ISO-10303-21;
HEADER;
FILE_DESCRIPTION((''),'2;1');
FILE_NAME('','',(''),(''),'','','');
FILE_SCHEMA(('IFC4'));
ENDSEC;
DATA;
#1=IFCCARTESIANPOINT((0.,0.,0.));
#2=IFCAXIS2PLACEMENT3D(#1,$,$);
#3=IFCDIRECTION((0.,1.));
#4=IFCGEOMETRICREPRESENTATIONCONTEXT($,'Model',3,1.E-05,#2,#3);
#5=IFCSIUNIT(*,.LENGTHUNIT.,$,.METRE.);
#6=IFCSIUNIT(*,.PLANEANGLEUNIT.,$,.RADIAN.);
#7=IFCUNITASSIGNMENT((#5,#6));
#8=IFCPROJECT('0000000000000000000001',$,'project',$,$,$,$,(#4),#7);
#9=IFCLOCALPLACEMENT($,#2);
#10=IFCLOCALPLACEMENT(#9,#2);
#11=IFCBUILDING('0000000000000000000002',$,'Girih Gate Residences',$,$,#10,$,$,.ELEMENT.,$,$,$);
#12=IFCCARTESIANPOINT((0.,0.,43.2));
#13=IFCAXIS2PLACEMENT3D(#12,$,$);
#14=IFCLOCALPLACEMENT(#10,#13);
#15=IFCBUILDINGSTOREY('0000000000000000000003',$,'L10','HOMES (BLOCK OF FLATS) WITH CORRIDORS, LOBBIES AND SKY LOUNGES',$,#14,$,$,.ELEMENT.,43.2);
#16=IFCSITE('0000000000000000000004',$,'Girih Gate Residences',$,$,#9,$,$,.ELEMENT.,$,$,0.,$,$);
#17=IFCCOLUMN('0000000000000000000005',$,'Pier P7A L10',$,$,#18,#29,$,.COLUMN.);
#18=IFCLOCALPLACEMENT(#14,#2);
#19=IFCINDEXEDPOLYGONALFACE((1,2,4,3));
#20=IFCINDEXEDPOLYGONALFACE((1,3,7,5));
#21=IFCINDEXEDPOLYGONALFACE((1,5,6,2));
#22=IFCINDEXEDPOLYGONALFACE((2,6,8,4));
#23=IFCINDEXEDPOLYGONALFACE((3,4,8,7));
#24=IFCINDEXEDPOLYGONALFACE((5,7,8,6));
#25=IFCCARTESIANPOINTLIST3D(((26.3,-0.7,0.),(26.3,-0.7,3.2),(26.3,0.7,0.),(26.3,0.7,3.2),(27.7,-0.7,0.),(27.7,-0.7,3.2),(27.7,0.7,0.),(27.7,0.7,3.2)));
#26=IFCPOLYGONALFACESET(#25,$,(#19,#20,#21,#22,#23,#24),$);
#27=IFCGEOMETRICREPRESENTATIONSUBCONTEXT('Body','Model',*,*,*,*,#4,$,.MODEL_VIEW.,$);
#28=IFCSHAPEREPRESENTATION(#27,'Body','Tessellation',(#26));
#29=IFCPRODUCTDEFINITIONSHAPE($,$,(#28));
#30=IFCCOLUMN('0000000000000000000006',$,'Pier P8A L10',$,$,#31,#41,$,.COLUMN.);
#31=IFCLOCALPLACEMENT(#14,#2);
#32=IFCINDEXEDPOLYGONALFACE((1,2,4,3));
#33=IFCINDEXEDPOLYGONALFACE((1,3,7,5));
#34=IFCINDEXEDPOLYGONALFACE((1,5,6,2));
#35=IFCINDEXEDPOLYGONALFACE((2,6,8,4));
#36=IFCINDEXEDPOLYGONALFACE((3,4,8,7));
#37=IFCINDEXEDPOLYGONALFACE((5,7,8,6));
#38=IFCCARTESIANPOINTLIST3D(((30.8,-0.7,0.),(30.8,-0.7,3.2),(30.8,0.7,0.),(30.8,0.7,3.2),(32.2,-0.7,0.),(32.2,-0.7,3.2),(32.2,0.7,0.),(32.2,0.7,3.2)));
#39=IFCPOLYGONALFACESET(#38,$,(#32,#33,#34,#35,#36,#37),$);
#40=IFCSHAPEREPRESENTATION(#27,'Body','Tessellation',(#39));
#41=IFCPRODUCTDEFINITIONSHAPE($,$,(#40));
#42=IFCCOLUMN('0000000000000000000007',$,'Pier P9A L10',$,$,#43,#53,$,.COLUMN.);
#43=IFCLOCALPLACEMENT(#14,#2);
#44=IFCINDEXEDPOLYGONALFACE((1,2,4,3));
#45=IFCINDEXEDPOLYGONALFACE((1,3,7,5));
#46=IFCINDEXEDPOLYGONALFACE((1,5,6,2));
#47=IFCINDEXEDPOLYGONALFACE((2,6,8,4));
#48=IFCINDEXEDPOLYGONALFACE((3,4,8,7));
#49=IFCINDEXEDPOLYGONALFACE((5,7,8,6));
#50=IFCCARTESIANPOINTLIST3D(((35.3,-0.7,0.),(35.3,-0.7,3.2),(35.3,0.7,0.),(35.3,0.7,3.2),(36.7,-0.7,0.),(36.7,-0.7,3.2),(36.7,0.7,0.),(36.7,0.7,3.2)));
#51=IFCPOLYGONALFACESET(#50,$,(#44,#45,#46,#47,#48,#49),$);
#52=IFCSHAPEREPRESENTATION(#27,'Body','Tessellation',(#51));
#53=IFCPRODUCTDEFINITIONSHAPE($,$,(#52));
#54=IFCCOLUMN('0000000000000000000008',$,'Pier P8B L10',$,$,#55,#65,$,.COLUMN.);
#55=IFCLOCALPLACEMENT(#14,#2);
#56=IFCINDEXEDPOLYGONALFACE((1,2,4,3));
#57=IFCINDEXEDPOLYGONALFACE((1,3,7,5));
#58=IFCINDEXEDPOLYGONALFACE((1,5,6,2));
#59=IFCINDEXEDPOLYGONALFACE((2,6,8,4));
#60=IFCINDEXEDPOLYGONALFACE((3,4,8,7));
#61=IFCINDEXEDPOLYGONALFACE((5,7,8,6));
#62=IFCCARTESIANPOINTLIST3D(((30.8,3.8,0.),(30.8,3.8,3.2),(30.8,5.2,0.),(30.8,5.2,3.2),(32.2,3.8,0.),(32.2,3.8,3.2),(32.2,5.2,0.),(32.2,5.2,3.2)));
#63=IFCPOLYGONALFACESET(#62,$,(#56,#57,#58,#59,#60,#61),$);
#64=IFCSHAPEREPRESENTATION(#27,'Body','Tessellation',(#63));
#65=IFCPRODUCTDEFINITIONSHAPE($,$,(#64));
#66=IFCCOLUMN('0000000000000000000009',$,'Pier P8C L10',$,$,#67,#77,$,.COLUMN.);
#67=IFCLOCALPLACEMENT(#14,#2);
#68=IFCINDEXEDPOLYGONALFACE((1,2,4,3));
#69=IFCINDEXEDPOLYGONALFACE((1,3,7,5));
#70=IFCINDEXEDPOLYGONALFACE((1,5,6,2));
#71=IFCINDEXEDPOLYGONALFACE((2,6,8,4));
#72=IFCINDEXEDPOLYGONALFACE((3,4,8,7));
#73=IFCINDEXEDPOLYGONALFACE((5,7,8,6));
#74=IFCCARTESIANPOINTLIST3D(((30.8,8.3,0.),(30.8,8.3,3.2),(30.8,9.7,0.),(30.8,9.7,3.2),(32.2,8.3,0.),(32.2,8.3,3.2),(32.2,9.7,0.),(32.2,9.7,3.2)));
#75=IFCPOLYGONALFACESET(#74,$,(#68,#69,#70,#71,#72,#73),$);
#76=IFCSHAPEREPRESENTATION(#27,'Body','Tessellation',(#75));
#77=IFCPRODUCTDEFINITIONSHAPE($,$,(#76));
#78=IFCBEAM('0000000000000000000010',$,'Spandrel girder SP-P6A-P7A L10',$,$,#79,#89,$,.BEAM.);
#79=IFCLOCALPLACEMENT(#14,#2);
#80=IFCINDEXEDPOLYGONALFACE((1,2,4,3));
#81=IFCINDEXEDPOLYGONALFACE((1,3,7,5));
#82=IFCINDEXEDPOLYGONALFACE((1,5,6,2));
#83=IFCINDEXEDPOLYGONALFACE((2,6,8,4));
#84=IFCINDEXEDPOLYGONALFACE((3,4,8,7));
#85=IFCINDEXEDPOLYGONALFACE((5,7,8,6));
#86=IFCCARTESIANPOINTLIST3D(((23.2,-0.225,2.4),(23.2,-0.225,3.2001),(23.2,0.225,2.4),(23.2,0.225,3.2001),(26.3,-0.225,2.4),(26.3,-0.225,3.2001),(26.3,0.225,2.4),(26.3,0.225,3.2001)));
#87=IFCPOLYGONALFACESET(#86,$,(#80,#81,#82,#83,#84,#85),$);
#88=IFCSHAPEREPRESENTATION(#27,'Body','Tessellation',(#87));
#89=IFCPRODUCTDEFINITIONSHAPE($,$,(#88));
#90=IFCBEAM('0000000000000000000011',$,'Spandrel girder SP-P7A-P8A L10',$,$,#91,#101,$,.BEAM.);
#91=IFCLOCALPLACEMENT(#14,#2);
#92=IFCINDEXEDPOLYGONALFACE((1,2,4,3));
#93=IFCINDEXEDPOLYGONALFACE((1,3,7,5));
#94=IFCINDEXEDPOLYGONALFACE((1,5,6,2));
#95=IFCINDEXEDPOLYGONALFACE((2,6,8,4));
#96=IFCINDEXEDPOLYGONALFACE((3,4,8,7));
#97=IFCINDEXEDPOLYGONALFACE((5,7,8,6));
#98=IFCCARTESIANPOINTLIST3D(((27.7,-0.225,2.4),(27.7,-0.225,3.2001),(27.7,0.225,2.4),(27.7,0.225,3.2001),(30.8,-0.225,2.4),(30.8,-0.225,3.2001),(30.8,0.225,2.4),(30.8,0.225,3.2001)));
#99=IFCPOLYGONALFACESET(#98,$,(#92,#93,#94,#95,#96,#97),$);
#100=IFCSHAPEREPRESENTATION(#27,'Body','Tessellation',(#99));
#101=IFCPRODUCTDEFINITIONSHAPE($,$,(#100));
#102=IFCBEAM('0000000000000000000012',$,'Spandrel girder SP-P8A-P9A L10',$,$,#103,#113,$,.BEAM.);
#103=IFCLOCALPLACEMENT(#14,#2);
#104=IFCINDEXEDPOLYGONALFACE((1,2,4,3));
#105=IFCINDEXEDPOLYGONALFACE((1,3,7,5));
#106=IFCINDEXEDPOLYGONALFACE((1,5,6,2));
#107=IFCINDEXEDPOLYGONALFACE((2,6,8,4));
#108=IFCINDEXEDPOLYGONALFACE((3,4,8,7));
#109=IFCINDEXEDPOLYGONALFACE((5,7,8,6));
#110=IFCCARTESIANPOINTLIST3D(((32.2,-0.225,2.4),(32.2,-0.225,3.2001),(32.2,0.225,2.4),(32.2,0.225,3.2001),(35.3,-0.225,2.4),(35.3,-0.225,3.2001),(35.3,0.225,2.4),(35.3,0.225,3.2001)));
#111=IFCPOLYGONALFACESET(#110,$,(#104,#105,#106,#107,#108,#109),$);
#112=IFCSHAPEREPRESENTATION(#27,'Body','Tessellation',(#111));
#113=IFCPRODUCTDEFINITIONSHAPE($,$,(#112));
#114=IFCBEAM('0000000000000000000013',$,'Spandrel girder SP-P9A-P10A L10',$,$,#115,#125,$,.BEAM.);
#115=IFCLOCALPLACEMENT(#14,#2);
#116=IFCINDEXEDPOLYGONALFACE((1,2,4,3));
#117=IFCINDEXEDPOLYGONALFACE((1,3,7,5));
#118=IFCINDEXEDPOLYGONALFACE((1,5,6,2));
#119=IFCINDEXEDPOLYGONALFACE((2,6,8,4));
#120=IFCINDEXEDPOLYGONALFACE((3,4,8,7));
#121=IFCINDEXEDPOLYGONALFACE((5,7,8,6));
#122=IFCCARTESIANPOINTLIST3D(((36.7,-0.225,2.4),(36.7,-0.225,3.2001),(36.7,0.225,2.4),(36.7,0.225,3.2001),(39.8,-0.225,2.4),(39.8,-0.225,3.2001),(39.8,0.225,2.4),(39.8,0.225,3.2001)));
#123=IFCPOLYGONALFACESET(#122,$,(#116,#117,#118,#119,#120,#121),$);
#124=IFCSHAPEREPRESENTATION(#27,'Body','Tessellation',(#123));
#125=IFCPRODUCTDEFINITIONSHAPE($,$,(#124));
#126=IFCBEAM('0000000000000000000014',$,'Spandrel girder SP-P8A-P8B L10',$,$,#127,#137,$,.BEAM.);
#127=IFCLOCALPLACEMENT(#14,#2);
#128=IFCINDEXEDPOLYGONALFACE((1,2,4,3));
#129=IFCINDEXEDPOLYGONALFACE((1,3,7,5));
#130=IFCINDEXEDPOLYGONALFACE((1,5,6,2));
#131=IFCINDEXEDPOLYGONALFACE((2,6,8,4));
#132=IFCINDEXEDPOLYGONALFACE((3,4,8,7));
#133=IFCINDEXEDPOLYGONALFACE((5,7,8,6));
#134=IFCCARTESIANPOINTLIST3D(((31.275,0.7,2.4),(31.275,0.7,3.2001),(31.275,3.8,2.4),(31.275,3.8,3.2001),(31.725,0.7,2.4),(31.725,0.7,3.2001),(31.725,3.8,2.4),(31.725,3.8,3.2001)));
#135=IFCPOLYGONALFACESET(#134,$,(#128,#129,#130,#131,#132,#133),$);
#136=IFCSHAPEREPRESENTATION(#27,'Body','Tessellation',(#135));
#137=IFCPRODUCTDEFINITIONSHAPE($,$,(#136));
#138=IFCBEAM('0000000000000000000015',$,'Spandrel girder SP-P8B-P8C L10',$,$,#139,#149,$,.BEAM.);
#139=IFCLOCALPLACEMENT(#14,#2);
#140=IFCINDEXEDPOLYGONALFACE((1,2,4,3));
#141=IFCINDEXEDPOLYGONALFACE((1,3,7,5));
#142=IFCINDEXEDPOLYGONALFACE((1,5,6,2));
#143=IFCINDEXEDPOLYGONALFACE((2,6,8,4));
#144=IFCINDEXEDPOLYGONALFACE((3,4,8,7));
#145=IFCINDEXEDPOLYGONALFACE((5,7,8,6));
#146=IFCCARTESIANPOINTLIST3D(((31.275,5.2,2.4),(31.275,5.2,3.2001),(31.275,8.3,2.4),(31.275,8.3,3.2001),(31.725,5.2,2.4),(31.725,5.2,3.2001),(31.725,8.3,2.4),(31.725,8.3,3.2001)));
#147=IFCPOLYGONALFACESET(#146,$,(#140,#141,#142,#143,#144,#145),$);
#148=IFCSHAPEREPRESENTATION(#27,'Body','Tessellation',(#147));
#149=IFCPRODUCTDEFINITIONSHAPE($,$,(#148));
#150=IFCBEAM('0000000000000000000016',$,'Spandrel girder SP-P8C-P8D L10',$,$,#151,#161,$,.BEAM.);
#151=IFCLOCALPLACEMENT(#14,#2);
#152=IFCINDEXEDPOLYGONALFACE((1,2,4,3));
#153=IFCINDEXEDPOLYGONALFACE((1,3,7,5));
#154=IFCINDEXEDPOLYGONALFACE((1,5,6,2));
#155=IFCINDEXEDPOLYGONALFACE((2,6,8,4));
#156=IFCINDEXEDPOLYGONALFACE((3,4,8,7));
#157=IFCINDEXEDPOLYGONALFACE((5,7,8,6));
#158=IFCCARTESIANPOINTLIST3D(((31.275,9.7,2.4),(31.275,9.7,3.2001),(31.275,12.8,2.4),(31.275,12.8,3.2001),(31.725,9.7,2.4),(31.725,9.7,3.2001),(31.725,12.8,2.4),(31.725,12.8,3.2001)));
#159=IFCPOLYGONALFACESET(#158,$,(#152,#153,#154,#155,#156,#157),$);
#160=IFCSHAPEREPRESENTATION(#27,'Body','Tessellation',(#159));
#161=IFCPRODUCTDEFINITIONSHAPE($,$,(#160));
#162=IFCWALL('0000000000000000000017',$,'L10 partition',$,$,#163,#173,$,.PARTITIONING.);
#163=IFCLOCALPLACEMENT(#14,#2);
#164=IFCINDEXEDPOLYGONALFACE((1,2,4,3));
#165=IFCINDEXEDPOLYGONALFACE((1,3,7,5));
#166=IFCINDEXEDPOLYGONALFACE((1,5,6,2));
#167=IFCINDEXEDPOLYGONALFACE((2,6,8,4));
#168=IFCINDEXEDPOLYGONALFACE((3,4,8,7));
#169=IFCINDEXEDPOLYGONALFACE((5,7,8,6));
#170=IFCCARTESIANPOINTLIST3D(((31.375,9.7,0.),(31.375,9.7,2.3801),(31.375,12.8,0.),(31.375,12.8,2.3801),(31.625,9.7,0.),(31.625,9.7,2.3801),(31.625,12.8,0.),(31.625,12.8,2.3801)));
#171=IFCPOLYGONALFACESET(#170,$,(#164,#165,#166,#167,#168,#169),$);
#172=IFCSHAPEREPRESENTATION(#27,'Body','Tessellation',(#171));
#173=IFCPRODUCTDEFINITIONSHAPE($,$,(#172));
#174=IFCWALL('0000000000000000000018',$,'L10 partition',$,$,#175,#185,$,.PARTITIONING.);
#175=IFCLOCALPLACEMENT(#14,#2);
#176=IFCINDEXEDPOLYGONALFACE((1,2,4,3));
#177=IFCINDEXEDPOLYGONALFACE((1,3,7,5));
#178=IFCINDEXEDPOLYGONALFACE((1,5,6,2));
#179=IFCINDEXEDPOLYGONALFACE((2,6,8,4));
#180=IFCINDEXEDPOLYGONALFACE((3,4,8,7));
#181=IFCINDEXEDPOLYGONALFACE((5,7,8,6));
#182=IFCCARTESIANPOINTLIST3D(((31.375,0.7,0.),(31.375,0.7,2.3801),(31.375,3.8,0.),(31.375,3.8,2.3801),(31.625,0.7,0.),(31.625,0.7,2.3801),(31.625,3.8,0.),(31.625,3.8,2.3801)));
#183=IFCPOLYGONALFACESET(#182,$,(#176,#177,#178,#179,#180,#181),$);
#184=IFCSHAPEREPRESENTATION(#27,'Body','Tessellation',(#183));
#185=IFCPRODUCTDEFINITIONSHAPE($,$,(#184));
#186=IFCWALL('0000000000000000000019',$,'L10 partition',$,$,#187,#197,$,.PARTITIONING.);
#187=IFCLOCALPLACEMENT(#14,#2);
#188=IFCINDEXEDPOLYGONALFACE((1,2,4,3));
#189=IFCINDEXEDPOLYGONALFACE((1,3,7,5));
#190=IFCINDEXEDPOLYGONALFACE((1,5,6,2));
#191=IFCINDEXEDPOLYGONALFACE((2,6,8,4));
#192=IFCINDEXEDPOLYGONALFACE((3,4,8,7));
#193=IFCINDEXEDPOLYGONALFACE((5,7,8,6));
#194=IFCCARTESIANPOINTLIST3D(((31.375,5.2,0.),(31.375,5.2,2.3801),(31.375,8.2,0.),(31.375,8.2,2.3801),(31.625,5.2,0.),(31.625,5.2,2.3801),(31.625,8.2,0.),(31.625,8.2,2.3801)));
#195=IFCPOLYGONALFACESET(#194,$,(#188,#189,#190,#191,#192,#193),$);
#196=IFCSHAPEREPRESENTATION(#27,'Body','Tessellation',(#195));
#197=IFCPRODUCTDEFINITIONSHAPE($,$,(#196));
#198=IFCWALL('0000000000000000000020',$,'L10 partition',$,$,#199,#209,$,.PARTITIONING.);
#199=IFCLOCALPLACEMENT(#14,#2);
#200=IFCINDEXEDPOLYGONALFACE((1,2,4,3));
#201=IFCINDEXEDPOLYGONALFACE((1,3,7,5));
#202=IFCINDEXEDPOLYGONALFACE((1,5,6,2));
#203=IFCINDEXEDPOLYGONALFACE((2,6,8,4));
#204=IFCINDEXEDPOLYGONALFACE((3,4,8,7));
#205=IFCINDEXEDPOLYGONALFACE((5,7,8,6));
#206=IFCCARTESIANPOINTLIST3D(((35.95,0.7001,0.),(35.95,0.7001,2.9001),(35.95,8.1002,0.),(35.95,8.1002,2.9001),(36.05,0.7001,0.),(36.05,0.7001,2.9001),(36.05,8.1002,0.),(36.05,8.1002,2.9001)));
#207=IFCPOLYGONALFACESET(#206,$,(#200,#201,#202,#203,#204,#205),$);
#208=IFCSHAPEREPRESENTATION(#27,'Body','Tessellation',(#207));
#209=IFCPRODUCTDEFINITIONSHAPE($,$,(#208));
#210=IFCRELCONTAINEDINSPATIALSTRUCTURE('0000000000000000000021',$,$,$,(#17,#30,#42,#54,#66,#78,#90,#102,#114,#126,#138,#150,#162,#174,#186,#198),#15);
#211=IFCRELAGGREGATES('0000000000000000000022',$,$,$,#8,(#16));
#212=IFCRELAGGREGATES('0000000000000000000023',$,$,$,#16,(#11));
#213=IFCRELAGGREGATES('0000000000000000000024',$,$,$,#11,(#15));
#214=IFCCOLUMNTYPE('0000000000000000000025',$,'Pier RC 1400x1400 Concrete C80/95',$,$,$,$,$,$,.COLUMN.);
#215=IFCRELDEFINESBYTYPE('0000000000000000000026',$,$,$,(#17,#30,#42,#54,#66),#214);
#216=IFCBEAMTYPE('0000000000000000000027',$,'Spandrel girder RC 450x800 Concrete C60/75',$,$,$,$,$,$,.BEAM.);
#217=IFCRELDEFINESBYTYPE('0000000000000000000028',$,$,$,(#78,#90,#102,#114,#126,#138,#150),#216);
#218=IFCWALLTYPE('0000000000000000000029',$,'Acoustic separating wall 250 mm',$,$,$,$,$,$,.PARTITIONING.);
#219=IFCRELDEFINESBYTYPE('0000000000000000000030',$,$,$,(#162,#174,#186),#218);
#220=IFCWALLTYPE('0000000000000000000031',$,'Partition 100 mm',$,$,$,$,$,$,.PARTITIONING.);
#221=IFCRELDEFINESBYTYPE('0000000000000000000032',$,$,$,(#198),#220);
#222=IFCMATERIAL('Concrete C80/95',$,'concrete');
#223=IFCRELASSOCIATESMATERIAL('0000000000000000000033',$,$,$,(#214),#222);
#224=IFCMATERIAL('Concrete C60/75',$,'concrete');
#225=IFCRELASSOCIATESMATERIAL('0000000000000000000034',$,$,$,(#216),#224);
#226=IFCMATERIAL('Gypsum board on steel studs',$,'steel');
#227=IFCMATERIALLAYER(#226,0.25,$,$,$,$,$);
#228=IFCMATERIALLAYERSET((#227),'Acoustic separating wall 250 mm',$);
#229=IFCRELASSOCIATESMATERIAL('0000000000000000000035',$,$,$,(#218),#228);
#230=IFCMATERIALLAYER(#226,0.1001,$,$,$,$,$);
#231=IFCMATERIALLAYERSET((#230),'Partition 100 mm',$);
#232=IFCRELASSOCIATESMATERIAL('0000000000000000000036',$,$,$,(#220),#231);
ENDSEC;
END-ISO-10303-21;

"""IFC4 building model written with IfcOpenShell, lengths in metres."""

from ifc_helpers import new_model, si_unit, direction, frame, frame_2d, origin, origin_2d, place, context, subcontext, project, spatial, rectangle, extrude, material, layer, layer_set, material_profile, profile_set, type_object, element, save


model = new_model("IFC4")

# Units and contexts
model_context = context("Model", 3, precision=1e-05, world=origin(), true_north=direction((0.0, 1.0)))
body_context = subcontext(model_context, "Body", "Model", "MODEL_VIEW")
ifc_project = project(units=[si_unit("LENGTHUNIT", "METRE"), si_unit("PLANEANGLEUNIT", "RADIAN")], contexts=[model_context])

# Site, building, storey
site_placement = place(None, origin())
site = spatial("IfcSite", under=ifc_project, at=site_placement, Name="Girih Gate Residences", CompositionType="ELEMENT", RefElevation=0.0)
building_placement = place(site_placement, origin())
building = spatial("IfcBuilding", under=site, at=building_placement, Name="Girih Gate Residences", CompositionType="ELEMENT")
storey_placement = place(building_placement, frame((0.0, 0.0, 43.2)))
storey = spatial("IfcBuildingStorey", under=building, at=storey_placement, Name="L10", Description="HOMES (BLOCK OF FLATS) WITH CORRIDORS, LOBBIES AND SKY LOUNGES", CompositionType="ELEMENT", Elevation=43.2)

# Columns
ifc_material_1 = material(Name="Concrete C80/95", Category="concrete")
ifc_material_profile_1 = material_profile(ifc_material_1, rectangle(XDim=1.3999, YDim=1.3999, at=origin_2d()))
ifc_profile_set_1 = profile_set([ifc_material_profile_1], Name="Concrete C80/95")
column_type = type_object("IfcColumnType", Name="Pier RC 1400x1400 Concrete C80/95", PredefinedType="COLUMN", material=ifc_profile_set_1)
for number, where, z_axis, x_axis, name in (
    (1, (27.0, 0.0, 0.0), (0.0, 0.0, 1.0), (1.0, 0.0, 0.0), "Pier P7A L10"),
    (2, (31.5, 0.0, 0.0), (0.0, 0.0, 1.0), (1.0, 0.0, 0.0), "Pier P8A L10"),
    (3, (36.0, 0.0, 0.0), (0.0, 0.0, 1.0), (1.0, 0.0, 0.0), "Pier P9A L10"),
    (4, (31.5, 4.5, 0.0), (0.0, 0.0, 1.0), (1.0, 0.0, 0.0), "Pier P8B L10"),
    (5, (31.5, 9.0, 0.0), (0.0, 0.0, 1.0), (1.0, 0.0, 0.0), "Pier P8C L10"),
):
    element("IfcColumn", number, at=place(storey_placement, frame(where, z_axis=z_axis, x_axis=x_axis)), inside=storey, type_object=column_type, Name=name, PredefinedType="COLUMN", context=body_context, shape_type="SweptSolid", body=[
        extrude(rectangle(XDim=1.3999, YDim=1.3999, at=origin_2d()), origin(), (0.0, 0.0, 1.0), 3.2),
    ])

# Beams
ifc_material_2 = material(Name="Concrete C60/75", Category="concrete")
ifc_material_profile_2 = material_profile(ifc_material_2, rectangle(XDim=0.45, YDim=0.8, at=origin_2d()))
ifc_profile_set_2 = profile_set([ifc_material_profile_2], Name="Concrete C60/75")
beam_type = type_object("IfcBeamType", Name="Spandrel girder RC 450x800 Concrete C60/75", PredefinedType="BEAM", material=ifc_profile_set_2)
for number, where, z_axis, x_axis, name in (
    (6, (23.2, 0.0, 2.8), (1.0, 0.0, 0.0), (0.0, 1.0, 0.0), "Spandrel girder SP-P6A-P7A L10"),
    (7, (27.7, 0.0, 2.8), (1.0, 0.0, 0.0), (0.0, 1.0, 0.0), "Spandrel girder SP-P7A-P8A L10"),
    (8, (32.2, 0.0, 2.8), (1.0, 0.0, 0.0), (0.0, 1.0, 0.0), "Spandrel girder SP-P8A-P9A L10"),
    (9, (36.7, 0.0, 2.8), (1.0, 0.0, 0.0), (0.0, 1.0, 0.0), "Spandrel girder SP-P9A-P10A L10"),
    (10, (31.5, 0.7, 2.8), (0.0, 1.0, 0.0), (-1.0, 0.0, 0.0), "Spandrel girder SP-P8A-P8B L10"),
    (11, (31.5, 5.2, 2.8), (0.0, 1.0, 0.0), (-1.0, 0.0, 0.0), "Spandrel girder SP-P8B-P8C L10"),
    (12, (31.5, 9.7, 2.8), (0.0, 1.0, 0.0), (-1.0, 0.0, 0.0), "Spandrel girder SP-P8C-P8D L10"),
):
    element("IfcBeam", number, at=place(storey_placement, frame(where, z_axis=z_axis, x_axis=x_axis)), inside=storey, type_object=beam_type, Name=name, PredefinedType="BEAM", context=body_context, shape_type="SweptSolid", body=[
        extrude(rectangle(XDim=0.45, YDim=0.8, at=origin_2d()), origin(), (0.0, 0.0, 1.0), 3.1001),
    ])

# Walls
ifc_material_3 = material(Name="Gypsum board on steel studs", Category="steel")
ifc_layer_1 = layer(ifc_material_3, 0.25)
ifc_layer_set_1 = layer_set([ifc_layer_1], Name="Acoustic separating wall 250 mm")
wall_type_1 = type_object("IfcWallType", Name="Acoustic separating wall 250 mm", PredefinedType="PARTITIONING", material=ifc_layer_set_1)
for number, where, z_axis, x_axis, name in (
    (13, (31.5, 9.7, 0.0), (0.0, 0.0, 1.0), (0.0, 1.0, 0.0), "L10 partition"),
    (14, (31.5, 0.7, 0.0), (0.0, 0.0, 1.0), (0.0, 1.0, 0.0), "L10 partition"),
):
    element("IfcWall", number, at=place(storey_placement, frame(where, z_axis=z_axis, x_axis=x_axis)), inside=storey, type_object=wall_type_1, Name=name, PredefinedType="PARTITIONING", context=body_context, shape_type="SweptSolid", body=[
        extrude(rectangle(XDim=3.1001, YDim=0.25, at=frame_2d((1.55, 0.0))), origin(), (0.0, 0.0, 1.0), 2.3801),
    ])
wall_1_placement = place(storey_placement, frame((31.5, 5.2, 0.0), z_axis=(0.0, 0.0, 1.0), x_axis=(0.0, 1.0, 0.0)))
element("IfcWall", 15, at=wall_1_placement, inside=storey, type_object=wall_type_1, Name="L10 partition", PredefinedType="PARTITIONING", context=body_context, shape_type="SweptSolid", body=[
    extrude(rectangle(XDim=3.0, YDim=0.25, at=frame_2d((1.5, 0.0))), origin(), (0.0, 0.0, 1.0), 2.3801),
])
ifc_layer_2 = layer(ifc_material_3, 0.1001)
ifc_layer_set_2 = layer_set([ifc_layer_2], Name="Partition 100 mm")
wall_type_2 = type_object("IfcWallType", Name="Partition 100 mm", PredefinedType="PARTITIONING", material=ifc_layer_set_2)
wall_2_placement = place(storey_placement, frame((36.0, 0.7, 0.0), z_axis=(0.0, 0.0, 1.0), x_axis=(0.0, 1.0, 0.0)))
element("IfcWall", 16, at=wall_2_placement, inside=storey, type_object=wall_type_2, Name="L10 partition", PredefinedType="PARTITIONING", context=body_context, shape_type="SweptSolid", body=[
    extrude(rectangle(XDim=7.4001, YDim=0.1001, at=frame_2d((3.7002, 0.0))), origin(), (0.0, 0.0, 1.0), 2.9001),
])

save(model, "model.ifc")
